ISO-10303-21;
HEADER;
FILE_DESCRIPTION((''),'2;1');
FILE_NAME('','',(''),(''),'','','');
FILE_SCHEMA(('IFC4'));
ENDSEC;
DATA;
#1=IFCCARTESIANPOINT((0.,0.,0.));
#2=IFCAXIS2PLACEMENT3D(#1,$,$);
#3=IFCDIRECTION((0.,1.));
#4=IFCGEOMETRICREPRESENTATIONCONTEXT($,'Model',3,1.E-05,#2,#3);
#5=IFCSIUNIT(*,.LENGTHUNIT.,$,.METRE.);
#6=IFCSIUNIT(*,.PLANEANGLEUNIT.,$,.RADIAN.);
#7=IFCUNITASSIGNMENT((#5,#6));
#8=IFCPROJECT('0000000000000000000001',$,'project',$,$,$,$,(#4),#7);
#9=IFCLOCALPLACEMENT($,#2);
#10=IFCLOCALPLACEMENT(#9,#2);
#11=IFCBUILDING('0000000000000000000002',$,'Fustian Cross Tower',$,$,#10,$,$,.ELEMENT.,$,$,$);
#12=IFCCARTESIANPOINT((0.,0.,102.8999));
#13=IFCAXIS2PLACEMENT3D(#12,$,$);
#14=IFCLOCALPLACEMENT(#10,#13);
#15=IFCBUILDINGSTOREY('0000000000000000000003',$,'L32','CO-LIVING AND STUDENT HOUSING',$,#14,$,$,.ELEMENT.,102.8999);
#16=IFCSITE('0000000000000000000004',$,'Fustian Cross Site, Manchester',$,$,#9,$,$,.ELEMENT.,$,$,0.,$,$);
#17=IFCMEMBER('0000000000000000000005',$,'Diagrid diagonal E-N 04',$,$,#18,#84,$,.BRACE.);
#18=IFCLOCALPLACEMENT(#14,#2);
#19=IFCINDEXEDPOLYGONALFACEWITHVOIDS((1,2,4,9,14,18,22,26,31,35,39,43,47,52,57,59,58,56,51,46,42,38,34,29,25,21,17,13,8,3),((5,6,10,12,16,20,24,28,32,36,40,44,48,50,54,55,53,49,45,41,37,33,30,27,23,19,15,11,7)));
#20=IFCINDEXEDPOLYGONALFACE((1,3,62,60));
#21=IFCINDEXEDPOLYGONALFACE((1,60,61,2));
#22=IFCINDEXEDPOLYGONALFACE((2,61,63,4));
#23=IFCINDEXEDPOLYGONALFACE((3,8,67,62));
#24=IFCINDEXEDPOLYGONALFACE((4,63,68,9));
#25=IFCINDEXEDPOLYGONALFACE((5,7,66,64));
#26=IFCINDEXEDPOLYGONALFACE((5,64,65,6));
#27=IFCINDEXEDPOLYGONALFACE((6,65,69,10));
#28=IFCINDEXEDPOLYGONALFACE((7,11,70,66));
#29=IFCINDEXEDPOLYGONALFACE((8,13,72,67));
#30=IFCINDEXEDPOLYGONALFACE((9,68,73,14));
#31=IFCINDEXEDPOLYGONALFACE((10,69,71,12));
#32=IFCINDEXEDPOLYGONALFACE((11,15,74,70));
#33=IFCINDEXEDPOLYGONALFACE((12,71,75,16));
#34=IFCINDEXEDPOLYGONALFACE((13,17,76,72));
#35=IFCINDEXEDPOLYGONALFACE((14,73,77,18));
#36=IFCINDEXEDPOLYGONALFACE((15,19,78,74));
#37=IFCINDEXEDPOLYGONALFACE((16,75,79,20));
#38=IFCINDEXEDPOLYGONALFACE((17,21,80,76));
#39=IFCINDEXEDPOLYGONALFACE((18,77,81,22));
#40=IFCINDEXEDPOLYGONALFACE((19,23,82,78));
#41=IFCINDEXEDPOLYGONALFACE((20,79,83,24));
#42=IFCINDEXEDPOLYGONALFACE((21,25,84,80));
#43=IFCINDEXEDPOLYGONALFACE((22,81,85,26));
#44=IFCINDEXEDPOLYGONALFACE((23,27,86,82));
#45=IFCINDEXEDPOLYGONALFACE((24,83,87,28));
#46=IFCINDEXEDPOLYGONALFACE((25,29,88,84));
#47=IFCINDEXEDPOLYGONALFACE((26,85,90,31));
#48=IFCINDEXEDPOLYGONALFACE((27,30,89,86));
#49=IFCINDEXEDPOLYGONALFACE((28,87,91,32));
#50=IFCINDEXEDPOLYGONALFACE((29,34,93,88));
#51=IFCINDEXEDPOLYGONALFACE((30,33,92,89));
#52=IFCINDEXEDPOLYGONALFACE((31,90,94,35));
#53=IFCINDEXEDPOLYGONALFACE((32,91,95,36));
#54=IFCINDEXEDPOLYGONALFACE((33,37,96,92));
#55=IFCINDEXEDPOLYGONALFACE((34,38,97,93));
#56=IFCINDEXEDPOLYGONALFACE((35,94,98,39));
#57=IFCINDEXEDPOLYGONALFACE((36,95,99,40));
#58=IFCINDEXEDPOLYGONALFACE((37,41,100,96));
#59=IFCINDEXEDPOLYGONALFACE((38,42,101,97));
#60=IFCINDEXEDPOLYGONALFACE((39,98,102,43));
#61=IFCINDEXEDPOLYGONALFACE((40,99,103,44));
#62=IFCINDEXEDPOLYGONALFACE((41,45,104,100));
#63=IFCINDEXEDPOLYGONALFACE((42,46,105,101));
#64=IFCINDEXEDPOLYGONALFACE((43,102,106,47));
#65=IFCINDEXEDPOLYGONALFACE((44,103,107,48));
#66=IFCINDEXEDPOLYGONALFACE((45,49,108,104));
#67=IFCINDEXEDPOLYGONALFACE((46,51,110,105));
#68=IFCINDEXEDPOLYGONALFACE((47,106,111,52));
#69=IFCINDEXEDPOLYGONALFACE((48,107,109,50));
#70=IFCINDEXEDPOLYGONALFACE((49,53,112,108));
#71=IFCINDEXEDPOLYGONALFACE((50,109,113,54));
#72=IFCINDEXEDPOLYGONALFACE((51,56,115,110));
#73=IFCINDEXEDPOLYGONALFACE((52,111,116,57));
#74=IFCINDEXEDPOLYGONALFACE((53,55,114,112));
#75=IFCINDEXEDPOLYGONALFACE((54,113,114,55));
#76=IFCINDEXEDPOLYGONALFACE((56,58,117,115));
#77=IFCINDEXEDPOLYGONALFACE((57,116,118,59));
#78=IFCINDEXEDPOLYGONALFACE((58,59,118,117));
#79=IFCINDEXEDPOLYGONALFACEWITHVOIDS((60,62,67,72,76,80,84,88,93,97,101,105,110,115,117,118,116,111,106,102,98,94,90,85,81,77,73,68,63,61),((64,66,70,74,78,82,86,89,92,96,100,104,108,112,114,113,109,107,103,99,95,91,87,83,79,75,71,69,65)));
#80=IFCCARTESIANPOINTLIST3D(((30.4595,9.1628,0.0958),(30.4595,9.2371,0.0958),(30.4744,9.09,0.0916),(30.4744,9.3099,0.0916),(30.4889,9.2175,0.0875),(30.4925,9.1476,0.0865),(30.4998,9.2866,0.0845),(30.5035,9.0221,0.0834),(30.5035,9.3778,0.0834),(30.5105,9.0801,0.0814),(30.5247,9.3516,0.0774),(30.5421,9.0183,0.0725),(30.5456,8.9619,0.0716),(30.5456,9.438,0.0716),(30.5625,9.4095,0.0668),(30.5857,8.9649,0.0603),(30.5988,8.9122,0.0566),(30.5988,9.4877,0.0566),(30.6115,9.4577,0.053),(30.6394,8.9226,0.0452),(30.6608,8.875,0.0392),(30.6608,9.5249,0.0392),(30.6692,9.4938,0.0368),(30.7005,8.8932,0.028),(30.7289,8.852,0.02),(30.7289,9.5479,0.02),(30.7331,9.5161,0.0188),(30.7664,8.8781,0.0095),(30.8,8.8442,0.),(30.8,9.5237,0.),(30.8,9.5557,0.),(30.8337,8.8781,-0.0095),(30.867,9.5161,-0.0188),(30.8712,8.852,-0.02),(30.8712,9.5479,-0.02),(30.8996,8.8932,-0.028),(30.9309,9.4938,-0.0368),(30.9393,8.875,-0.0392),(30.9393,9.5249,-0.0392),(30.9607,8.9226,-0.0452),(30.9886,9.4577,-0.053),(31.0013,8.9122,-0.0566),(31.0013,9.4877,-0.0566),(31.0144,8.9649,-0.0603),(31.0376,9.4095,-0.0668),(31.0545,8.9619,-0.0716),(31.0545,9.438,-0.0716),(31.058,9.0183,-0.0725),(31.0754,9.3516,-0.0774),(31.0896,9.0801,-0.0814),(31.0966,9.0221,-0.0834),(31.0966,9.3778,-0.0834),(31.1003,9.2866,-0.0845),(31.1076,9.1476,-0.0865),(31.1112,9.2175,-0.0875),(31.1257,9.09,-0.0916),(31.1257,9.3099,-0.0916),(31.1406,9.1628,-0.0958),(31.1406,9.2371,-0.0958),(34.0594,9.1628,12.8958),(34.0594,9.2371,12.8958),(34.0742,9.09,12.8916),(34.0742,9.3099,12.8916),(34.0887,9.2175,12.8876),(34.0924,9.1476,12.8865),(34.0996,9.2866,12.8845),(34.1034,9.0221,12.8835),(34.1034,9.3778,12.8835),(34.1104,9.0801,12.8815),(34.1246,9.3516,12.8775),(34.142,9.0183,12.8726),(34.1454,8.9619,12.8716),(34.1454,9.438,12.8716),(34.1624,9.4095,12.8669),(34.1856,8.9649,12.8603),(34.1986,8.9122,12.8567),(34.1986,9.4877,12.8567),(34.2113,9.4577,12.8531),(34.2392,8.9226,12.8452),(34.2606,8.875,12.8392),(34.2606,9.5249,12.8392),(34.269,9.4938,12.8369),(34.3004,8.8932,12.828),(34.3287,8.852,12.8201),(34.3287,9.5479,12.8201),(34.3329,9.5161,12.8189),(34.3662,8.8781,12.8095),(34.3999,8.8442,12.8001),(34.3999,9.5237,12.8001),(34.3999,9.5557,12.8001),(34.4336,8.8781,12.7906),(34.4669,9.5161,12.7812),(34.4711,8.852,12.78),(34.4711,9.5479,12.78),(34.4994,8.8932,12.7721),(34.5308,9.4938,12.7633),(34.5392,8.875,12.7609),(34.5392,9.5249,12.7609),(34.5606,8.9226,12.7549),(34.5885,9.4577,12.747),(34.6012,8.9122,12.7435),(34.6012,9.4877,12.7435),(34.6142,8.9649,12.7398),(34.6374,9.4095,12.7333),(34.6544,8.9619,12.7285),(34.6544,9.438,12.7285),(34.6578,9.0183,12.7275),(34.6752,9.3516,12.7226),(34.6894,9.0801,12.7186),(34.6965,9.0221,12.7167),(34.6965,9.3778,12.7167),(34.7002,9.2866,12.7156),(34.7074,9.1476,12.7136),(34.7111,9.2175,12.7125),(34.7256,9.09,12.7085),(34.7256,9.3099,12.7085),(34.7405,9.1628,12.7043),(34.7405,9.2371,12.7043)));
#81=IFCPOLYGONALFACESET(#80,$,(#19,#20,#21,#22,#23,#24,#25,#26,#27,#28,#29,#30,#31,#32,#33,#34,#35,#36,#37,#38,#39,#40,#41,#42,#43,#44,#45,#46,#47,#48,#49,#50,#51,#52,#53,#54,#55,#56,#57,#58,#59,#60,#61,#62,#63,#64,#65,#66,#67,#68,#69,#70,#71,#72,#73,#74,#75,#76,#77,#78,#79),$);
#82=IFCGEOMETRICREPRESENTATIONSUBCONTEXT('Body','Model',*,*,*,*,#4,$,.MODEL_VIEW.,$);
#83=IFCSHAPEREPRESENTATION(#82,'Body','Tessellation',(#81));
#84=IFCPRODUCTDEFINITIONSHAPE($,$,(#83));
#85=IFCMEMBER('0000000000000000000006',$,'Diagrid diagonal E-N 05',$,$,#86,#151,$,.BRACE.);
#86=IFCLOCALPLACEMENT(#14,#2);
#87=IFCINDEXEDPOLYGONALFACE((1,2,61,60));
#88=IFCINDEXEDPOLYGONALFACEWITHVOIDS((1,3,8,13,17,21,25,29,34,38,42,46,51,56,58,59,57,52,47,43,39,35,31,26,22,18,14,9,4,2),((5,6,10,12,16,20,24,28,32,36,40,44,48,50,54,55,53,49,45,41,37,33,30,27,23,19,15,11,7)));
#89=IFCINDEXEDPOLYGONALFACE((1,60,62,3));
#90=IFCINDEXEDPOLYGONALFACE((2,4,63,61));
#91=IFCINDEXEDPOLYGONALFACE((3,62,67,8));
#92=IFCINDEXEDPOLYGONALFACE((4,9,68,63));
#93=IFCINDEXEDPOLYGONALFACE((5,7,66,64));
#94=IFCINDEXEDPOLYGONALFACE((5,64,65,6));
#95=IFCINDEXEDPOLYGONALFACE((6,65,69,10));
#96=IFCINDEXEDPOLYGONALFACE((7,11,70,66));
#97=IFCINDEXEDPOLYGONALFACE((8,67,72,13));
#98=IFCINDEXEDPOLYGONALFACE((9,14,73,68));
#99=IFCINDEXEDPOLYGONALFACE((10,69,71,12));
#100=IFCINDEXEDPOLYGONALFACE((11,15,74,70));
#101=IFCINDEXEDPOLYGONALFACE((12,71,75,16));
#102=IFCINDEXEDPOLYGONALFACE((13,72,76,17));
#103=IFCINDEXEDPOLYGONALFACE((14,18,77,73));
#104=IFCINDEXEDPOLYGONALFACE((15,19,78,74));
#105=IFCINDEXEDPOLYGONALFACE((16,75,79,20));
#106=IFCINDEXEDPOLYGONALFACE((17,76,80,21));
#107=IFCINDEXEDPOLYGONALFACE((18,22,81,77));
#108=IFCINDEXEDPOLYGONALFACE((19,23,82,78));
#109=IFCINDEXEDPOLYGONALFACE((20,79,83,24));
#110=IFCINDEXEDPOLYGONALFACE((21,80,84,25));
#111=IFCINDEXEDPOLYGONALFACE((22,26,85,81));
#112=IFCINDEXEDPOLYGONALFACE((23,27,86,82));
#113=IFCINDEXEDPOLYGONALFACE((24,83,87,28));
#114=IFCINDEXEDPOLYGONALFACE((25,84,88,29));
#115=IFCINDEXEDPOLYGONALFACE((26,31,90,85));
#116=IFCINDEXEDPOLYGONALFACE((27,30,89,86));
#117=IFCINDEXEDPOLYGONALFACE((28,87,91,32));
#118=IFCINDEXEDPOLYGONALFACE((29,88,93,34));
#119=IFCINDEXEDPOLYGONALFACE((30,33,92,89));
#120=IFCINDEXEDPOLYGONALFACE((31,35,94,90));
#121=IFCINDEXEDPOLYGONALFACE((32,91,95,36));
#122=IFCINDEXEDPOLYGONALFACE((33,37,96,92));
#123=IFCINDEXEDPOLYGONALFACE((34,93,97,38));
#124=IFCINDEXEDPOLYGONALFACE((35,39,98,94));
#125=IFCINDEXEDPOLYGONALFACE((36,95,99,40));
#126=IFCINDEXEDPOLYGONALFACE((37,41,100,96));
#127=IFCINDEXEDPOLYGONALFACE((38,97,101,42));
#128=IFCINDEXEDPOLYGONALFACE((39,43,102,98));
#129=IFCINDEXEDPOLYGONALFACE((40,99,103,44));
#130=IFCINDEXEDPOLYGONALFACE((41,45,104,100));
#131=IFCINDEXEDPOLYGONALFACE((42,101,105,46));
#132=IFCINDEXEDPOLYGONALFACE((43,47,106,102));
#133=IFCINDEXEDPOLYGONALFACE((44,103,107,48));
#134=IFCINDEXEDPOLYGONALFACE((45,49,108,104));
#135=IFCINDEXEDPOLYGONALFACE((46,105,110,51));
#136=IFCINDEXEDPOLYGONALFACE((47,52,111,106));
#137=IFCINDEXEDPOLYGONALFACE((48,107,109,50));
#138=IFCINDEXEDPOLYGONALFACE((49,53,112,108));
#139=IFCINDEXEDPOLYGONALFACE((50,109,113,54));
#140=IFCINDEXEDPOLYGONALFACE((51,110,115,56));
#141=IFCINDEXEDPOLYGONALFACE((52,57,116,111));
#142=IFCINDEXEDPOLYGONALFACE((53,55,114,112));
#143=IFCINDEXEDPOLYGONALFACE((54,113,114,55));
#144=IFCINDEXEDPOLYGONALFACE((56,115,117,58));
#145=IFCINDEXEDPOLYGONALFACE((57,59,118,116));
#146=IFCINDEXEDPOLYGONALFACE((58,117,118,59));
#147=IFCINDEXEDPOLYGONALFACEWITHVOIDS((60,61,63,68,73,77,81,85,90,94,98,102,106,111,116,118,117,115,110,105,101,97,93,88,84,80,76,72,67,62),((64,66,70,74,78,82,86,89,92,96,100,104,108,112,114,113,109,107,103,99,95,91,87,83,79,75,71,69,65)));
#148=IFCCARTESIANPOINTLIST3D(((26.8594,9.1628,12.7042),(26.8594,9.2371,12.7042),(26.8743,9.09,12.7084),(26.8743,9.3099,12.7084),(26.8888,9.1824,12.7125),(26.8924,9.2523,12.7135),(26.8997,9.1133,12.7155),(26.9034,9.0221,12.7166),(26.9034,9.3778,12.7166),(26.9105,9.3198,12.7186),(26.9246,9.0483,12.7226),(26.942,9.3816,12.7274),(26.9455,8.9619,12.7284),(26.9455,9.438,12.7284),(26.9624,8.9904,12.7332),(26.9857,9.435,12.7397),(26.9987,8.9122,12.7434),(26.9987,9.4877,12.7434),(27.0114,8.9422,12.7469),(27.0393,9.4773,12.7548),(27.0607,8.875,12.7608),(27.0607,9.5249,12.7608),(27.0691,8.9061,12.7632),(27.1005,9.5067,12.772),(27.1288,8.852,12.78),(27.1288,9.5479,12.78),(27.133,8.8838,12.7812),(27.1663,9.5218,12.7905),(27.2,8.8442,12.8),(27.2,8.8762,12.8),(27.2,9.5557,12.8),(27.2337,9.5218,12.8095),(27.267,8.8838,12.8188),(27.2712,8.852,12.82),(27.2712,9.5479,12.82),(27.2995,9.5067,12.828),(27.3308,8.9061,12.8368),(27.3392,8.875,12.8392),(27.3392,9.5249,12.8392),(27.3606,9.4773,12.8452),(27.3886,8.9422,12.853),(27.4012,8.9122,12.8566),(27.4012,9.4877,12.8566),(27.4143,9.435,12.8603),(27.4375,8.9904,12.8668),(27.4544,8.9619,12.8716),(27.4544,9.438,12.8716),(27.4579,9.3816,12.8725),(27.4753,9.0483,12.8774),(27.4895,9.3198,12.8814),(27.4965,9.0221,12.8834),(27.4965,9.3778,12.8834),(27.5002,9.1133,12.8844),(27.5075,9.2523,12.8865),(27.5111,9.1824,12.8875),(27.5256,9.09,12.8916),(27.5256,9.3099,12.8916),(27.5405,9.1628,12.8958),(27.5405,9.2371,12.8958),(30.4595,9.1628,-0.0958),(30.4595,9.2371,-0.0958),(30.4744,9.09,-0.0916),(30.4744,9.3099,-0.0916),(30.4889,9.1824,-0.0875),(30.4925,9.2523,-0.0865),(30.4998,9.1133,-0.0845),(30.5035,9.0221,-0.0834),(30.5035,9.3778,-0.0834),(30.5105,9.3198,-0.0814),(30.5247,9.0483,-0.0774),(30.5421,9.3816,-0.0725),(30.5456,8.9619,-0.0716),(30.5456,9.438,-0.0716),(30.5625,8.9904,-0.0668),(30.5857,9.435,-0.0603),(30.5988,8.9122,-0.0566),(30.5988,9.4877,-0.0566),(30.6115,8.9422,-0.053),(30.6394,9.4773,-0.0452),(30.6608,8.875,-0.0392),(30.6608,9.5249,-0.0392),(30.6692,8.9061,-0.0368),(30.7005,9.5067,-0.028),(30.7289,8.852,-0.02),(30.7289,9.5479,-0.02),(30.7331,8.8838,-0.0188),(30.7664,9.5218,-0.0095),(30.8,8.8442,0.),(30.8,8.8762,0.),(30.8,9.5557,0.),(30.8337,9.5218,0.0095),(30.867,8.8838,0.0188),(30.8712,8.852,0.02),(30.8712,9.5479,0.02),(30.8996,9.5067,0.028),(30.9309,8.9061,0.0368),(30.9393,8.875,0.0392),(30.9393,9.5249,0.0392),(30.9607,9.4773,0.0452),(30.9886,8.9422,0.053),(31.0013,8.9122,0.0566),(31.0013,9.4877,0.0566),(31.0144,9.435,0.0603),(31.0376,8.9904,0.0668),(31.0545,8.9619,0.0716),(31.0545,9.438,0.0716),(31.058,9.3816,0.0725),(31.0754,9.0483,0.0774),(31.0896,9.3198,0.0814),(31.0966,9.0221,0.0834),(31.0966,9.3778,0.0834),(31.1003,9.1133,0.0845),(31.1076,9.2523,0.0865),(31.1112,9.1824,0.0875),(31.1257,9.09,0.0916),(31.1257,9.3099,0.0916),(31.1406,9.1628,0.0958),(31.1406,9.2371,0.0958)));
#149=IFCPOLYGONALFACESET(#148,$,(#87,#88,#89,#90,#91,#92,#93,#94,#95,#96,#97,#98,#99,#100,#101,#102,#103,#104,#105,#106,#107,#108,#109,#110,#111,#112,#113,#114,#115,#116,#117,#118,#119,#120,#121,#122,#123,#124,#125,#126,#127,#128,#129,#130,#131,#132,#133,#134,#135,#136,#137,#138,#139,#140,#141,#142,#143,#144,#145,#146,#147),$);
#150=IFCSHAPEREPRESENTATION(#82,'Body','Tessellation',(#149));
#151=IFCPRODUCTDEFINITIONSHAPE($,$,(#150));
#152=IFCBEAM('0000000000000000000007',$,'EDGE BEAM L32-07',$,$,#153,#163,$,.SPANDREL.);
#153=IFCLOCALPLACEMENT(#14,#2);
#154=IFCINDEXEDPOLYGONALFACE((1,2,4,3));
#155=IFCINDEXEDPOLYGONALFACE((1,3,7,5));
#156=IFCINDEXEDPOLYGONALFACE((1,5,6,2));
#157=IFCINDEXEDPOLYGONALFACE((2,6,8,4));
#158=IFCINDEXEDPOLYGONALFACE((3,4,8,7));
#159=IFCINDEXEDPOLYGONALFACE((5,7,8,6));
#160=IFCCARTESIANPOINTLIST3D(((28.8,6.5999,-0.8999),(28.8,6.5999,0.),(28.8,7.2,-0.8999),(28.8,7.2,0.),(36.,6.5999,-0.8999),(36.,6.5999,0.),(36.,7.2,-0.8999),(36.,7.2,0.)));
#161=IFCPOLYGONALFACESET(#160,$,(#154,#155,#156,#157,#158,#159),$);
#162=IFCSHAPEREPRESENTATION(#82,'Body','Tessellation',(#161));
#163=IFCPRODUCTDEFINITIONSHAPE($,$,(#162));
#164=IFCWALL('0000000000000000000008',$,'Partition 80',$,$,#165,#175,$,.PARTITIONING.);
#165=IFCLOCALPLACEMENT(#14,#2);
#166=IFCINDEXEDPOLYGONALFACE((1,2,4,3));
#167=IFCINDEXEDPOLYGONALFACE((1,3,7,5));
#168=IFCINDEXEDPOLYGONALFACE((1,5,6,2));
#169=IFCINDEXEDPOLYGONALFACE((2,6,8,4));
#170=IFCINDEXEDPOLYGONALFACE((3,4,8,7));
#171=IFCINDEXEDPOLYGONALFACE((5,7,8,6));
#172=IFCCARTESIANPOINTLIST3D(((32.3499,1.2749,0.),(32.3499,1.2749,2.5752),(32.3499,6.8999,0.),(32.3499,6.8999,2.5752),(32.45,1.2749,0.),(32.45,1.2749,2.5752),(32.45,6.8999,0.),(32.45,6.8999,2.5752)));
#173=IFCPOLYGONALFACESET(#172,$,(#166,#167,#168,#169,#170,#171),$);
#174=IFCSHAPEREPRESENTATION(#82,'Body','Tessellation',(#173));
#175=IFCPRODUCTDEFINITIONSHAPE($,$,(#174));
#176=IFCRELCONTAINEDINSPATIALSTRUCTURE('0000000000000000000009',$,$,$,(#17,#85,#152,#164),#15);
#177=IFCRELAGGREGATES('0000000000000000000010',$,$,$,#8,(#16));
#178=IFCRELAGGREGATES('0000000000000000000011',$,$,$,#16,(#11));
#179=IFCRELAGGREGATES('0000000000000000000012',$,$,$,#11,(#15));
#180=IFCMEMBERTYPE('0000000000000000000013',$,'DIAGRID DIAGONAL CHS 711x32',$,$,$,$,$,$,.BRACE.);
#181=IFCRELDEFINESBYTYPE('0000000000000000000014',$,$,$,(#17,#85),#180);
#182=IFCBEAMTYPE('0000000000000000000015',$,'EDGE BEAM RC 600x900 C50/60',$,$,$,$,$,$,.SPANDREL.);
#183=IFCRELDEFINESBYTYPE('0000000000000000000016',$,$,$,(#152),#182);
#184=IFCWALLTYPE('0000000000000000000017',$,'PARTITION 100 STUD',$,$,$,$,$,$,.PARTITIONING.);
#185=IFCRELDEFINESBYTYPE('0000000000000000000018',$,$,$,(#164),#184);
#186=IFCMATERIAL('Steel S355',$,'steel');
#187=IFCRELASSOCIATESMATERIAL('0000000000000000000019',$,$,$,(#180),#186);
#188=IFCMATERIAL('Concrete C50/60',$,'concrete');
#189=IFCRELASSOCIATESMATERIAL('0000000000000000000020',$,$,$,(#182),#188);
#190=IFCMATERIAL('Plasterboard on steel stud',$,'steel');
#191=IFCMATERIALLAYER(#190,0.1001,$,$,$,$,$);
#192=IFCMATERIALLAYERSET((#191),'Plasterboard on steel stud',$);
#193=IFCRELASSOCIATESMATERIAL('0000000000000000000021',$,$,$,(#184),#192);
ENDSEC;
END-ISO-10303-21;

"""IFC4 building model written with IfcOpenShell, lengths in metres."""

from ifc_helpers import new_model, si_unit, direction, frame, frame_2d, origin, origin_2d, place, context, subcontext, project, spatial, rectangle, hollow_circle, extrude, material, layer, layer_set, material_profile, profile_set, type_object, element, save


model = new_model("IFC4")

# Units and contexts
model_context = context("Model", 3, precision=1e-05, world=origin(), true_north=direction((0.0, 1.0)))
body_context = subcontext(model_context, "Body", "Model", "MODEL_VIEW")
ifc_project = project(units=[si_unit("LENGTHUNIT", "METRE"), si_unit("PLANEANGLEUNIT", "RADIAN")], contexts=[model_context])

# Site, building, storey
site_placement = place(None, origin())
site = spatial("IfcSite", under=ifc_project, at=site_placement, Name="Fustian Cross Site, Manchester", CompositionType="ELEMENT", RefElevation=0.0)
building_placement = place(site_placement, origin())
building = spatial("IfcBuilding", under=site, at=building_placement, Name="Fustian Cross Tower", CompositionType="ELEMENT")
storey_placement = place(building_placement, frame((0.0, 0.0, 102.8999)))
storey = spatial("IfcBuildingStorey", under=building, at=storey_placement, Name="L32", Description="CO-LIVING AND STUDENT HOUSING", CompositionType="ELEMENT", Elevation=102.8999)

# Members
ifc_material_1 = material(Name="Steel S355", Category="steel")
ifc_material_profile_1 = material_profile(ifc_material_1, hollow_circle(Radius=0.3557, WallThickness=0.032, at=origin_2d()), Name="CHS 711x32")
ifc_profile_set_1 = profile_set([ifc_material_profile_1], Name="Steel S355")
member_type = type_object("IfcMemberType", Name="DIAGRID DIAGONAL CHS 711x32", PredefinedType="BRACE", material=ifc_profile_set_1)
for number, where, z_axis, x_axis, name in (
    (1, (30.8, 9.2, 0.0), (0.270734, 0.0, 0.962654), (0.0, 1.0, 0.0), "Diagrid diagonal E-N 04"),
    (2, (30.8, 9.2, 0.0), (-0.270751, 0.0, 0.962649), (0.0, -1.0, 0.0), "Diagrid diagonal E-N 05"),
):
    element("IfcMember", number, at=place(storey_placement, frame(where, z_axis=z_axis, x_axis=x_axis)), inside=storey, type_object=member_type, Name=name, PredefinedType="BRACE", context=body_context, shape_type="SweptSolid", body=[
        extrude(hollow_circle(Radius=0.3557, WallThickness=0.032, at=origin_2d()), origin(), (0.0, 0.0, 1.0), 13.2966),
    ])

# Beam
ifc_material_2 = material(Name="Concrete C50/60", Category="concrete")
ifc_material_profile_2 = material_profile(ifc_material_2, rectangle(XDim=0.6001, YDim=0.8999, at=origin_2d()), Name="RC 600x900")
ifc_profile_set_2 = profile_set([ifc_material_profile_2], Name="Concrete C50/60")
beam_type = type_object("IfcBeamType", Name="EDGE BEAM RC 600x900 C50/60", PredefinedType="SPANDREL", material=ifc_profile_set_2)
beam_placement = place(storey_placement, frame((36.0, 6.8999, -0.45), z_axis=(-1.0, 0.0, 0.0), x_axis=(0.0, -1.0, 0.0)))
element("IfcBeam", 3, at=beam_placement, inside=storey, type_object=beam_type, Name="EDGE BEAM L32-07", PredefinedType="SPANDREL", context=body_context, shape_type="SweptSolid", body=[
    extrude(rectangle(XDim=0.6001, YDim=0.8999, at=origin_2d()), origin(), (0.0, 0.0, 1.0), 7.2),
])

# Wall
ifc_material_3 = material(Name="Plasterboard on steel stud", Category="steel")
ifc_layer_1 = layer(ifc_material_3, 0.1001)
ifc_layer_set_1 = layer_set([ifc_layer_1], Name="Plasterboard on steel stud")
wall_type_1 = type_object("IfcWallType", Name="PARTITION 100 STUD", PredefinedType="PARTITIONING", material=ifc_layer_set_1)
wall_1_placement = place(storey_placement, frame((32.3999, 1.2749, 0.0), z_axis=(0.0, 0.0, 1.0), x_axis=(0.0, 1.0, 0.0)))
element("IfcWall", 4, at=wall_1_placement, inside=storey, type_object=wall_type_1, Name="Partition 80", PredefinedType="PARTITIONING", context=body_context, shape_type="SweptSolid", body=[
    extrude(rectangle(XDim=5.625, YDim=0.1001, at=frame_2d((2.8125, 0.0))), origin(), (0.0, 0.0, 1.0), 2.5752),
])

save(model, "model.ifc")
